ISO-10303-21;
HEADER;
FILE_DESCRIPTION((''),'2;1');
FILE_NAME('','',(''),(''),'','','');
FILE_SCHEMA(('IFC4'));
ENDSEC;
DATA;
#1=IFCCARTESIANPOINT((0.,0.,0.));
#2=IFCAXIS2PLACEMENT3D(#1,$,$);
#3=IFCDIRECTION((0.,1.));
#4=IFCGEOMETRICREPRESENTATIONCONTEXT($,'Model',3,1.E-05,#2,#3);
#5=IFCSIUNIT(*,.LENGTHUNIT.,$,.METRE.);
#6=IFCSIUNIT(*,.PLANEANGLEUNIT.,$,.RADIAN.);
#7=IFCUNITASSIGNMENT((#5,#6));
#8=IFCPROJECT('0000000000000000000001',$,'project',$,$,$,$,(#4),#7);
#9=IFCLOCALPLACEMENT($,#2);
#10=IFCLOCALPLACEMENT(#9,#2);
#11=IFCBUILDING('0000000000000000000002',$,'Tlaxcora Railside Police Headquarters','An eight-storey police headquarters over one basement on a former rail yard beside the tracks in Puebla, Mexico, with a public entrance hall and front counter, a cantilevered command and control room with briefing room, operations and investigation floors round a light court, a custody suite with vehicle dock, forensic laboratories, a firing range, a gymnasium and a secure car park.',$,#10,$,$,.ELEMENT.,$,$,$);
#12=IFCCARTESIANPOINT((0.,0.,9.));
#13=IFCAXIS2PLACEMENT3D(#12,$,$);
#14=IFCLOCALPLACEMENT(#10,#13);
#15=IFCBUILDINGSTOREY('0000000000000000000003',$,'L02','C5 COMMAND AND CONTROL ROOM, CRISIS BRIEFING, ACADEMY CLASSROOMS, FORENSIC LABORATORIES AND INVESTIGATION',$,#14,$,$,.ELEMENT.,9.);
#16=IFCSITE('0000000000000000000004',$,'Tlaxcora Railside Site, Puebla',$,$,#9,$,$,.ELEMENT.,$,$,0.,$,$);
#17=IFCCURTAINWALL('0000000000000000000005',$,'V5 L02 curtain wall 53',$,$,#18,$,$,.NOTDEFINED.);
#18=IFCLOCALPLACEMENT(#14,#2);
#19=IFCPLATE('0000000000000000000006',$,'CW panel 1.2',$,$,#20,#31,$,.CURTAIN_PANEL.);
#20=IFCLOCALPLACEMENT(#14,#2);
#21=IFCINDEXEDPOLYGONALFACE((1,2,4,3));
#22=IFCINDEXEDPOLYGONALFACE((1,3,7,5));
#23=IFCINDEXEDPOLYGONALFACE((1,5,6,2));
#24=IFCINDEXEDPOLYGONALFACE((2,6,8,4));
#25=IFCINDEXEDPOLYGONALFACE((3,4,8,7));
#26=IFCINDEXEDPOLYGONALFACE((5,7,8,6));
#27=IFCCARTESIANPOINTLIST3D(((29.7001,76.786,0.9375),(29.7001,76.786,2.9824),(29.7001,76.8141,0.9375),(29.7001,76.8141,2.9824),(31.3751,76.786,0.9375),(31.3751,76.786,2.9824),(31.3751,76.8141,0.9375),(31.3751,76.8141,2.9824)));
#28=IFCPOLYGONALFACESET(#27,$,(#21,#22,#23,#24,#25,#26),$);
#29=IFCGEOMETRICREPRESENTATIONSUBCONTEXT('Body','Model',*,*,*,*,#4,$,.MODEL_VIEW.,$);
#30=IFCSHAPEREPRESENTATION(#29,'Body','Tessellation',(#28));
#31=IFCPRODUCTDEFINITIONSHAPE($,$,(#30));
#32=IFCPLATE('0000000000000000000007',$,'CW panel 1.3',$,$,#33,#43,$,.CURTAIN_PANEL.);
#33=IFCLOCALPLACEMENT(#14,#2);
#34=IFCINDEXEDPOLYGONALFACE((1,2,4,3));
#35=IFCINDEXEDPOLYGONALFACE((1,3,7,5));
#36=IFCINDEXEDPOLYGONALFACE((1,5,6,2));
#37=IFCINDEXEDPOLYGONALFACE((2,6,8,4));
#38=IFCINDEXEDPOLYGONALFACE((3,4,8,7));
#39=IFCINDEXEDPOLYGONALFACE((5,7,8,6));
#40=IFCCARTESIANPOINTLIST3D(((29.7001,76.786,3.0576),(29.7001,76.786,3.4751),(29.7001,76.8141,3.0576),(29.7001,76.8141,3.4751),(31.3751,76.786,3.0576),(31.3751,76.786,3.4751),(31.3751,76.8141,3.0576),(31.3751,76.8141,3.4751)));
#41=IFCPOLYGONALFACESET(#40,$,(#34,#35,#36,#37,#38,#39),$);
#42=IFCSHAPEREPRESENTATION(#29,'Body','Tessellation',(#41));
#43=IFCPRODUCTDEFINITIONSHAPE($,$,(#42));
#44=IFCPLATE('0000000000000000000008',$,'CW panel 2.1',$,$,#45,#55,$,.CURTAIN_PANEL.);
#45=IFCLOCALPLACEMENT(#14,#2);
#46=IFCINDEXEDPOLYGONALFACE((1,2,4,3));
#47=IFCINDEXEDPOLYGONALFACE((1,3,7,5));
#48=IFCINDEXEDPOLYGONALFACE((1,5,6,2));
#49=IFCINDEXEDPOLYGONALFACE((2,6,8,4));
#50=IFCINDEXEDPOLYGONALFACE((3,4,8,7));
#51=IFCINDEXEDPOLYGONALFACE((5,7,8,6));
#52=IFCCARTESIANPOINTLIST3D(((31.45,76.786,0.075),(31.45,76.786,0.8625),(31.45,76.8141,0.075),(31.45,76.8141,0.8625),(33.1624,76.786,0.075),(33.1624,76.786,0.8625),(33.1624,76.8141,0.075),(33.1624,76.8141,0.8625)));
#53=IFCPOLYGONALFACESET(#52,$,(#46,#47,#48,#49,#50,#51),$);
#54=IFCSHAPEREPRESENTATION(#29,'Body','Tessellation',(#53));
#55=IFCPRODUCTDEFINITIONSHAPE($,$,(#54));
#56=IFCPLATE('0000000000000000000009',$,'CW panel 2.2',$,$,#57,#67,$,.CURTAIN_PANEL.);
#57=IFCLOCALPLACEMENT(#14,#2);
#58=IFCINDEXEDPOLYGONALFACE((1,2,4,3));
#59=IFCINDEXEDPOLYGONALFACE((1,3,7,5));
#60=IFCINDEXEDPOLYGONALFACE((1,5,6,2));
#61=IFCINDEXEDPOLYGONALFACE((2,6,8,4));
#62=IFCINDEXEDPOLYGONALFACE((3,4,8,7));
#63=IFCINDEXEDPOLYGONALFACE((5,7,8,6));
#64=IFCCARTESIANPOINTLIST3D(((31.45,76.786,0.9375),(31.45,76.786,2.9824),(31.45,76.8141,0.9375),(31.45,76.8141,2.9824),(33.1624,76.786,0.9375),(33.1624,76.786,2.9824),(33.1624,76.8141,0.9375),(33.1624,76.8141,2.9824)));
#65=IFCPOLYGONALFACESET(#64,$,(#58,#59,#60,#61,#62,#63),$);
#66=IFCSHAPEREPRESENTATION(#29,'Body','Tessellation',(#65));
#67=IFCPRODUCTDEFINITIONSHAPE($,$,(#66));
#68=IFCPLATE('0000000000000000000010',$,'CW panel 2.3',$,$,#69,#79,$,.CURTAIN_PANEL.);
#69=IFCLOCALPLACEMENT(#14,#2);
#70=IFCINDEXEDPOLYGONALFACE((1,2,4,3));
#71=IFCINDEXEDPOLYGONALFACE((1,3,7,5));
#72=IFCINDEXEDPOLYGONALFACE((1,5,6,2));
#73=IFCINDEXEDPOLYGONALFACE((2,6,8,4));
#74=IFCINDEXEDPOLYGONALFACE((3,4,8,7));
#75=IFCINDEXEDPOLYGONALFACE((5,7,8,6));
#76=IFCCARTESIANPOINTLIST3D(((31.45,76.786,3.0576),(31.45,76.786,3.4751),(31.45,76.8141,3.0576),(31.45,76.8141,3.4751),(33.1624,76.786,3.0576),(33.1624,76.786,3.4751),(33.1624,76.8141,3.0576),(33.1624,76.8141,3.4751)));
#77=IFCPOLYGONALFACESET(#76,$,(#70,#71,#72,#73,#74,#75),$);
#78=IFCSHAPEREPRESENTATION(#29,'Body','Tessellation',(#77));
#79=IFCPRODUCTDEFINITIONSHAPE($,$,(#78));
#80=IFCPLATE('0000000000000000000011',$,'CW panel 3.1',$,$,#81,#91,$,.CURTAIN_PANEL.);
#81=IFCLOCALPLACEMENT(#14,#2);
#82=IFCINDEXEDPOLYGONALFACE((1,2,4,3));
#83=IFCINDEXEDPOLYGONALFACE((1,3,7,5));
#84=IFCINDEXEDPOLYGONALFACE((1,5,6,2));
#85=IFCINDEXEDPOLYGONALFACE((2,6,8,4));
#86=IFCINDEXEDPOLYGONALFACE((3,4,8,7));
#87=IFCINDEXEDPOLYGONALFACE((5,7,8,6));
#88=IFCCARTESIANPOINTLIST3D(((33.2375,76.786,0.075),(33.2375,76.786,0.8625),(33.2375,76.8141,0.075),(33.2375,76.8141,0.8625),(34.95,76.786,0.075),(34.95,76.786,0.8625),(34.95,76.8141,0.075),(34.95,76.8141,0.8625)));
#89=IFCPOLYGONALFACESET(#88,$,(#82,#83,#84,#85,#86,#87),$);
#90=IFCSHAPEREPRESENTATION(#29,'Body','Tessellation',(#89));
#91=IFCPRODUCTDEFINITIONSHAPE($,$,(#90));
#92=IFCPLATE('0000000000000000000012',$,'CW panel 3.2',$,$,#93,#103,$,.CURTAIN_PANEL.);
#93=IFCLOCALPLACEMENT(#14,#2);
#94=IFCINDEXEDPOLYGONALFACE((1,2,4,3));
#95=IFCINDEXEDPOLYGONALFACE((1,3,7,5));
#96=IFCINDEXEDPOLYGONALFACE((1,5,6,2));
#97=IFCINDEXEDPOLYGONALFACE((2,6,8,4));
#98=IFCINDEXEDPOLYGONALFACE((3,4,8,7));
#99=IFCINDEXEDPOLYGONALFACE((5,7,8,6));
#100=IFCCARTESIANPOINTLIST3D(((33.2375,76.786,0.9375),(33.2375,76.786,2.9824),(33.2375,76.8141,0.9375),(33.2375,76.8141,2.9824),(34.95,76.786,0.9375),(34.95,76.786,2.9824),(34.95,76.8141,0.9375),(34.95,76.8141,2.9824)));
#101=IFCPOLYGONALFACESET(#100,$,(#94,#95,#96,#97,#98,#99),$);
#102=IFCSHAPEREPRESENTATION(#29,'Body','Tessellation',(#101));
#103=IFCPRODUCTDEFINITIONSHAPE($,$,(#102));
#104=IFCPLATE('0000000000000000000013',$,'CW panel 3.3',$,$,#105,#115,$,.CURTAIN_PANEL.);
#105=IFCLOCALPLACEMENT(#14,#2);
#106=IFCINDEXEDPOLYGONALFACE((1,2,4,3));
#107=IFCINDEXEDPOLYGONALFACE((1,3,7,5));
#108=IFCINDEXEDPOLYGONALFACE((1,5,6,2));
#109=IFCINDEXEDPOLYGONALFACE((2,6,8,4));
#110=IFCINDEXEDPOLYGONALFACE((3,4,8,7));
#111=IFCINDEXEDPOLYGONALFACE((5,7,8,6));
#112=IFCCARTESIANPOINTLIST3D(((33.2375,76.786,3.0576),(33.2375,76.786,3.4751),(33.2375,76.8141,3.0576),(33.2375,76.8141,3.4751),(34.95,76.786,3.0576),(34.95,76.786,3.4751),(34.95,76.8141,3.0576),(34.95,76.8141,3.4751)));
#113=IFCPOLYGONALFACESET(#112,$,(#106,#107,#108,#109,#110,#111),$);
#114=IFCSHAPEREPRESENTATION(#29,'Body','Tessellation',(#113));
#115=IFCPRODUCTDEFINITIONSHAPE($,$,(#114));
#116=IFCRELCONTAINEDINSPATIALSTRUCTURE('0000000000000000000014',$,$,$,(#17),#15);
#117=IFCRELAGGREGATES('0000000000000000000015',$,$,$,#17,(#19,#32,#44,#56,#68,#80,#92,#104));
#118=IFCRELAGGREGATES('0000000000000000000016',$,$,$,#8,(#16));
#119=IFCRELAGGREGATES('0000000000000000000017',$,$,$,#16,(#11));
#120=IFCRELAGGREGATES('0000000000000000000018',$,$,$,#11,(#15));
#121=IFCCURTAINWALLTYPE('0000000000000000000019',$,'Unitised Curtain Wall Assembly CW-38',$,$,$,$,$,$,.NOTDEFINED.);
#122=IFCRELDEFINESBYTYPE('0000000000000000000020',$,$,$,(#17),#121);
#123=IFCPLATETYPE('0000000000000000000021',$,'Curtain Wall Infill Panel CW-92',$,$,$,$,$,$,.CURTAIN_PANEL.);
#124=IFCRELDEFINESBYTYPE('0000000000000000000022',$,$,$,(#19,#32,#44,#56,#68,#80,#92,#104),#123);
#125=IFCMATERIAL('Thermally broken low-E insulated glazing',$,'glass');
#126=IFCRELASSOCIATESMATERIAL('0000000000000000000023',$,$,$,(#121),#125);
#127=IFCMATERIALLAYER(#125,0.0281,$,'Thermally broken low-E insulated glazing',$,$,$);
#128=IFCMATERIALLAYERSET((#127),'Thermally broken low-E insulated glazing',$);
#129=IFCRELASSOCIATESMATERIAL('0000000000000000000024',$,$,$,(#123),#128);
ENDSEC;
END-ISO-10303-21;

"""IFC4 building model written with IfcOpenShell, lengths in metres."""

from ifc_helpers import new_model, si_unit, direction, frame, origin, origin_2d, place, context, subcontext, project, spatial, rectangle, extrude, material, layer, layer_set, type_object, element, aggregate, save


model = new_model("IFC4")

# Units and contexts
model_context = context("Model", 3, precision=1e-05, world=origin(), true_north=direction((0.0, 1.0)))
body_context = subcontext(model_context, "Body", "Model", "MODEL_VIEW")
ifc_project = project(units=[si_unit("LENGTHUNIT", "METRE"), si_unit("PLANEANGLEUNIT", "RADIAN")], contexts=[model_context])

# Site, building, storey
site_placement = place(None, origin())
site = spatial("IfcSite", under=ifc_project, at=site_placement, Name="Tlaxcora Railside Site, Puebla", CompositionType="ELEMENT", RefElevation=0.0)
building_placement = place(site_placement, origin())
building = spatial("IfcBuilding", under=site, at=building_placement, Name="Tlaxcora Railside Police Headquarters", Description="An eight-storey police headquarters over one basement on a former rail yard beside the tracks in Puebla, Mexico, with a public entrance hall and front counter, a cantilevered command and control room with briefing room, operations and investigation floors round a light court, a custody suite with vehicle dock, forensic laboratories, a firing range, a gymnasium and a secure car park.", CompositionType="ELEMENT")
storey_placement = place(building_placement, frame((0.0, 0.0, 9.0)))
storey = spatial("IfcBuildingStorey", under=building, at=storey_placement, Name="L02", Description="C5 COMMAND AND CONTROL ROOM, CRISIS BRIEFING, ACADEMY CLASSROOMS, FORENSIC LABORATORIES AND INVESTIGATION", CompositionType="ELEMENT", Elevation=9.0)

# Curtain wall, plates
ifc_material_1 = material(Name="Thermally broken low-E insulated glazing", Category="glass")
curtain_wall_type = type_object("IfcCurtainWallType", Name="Unitised Curtain Wall Assembly CW-38", PredefinedType="NOTDEFINED", material=ifc_material_1)
curtain_wall_placement = place(storey_placement, origin())
curtain_wall = element("IfcCurtainWall", 1, at=curtain_wall_placement, inside=storey, type_object=curtain_wall_type, Name="V5 L02 curtain wall 53", PredefinedType="NOTDEFINED")
ifc_layer = layer(ifc_material_1, 0.0281, Name="Thermally broken low-E insulated glazing")
ifc_layer_set = layer_set([ifc_layer], Name="Thermally broken low-E insulated glazing")
plate_type = type_object("IfcPlateType", Name="Curtain Wall Infill Panel CW-92", PredefinedType="CURTAIN_PANEL", material=ifc_layer_set)
plate_1_placement = place(storey_placement, frame((30.5376, 76.8, 0.9375), z_axis=(0.0, 0.0, 1.0), x_axis=(1.0, 0.0, 0.0)))
plate_1 = element("IfcPlate", 2, at=plate_1_placement, type_object=plate_type, Name="CW panel 1.2", PredefinedType="CURTAIN_PANEL", context=body_context, shape_type="SweptSolid", body=[
    extrude(rectangle(XDim=1.675, YDim=0.0281, at=origin_2d()), origin(), (0.0, 0.0, 1.0), 2.0449),
])
plate_2_placement = place(storey_placement, frame((30.5376, 76.8, 3.0576), z_axis=(0.0, 0.0, 1.0), x_axis=(1.0, 0.0, 0.0)))
plate_2 = element("IfcPlate", 3, at=plate_2_placement, type_object=plate_type, Name="CW panel 1.3", PredefinedType="CURTAIN_PANEL", context=body_context, shape_type="SweptSolid", body=[
    extrude(rectangle(XDim=1.675, YDim=0.0281, at=origin_2d()), origin(), (0.0, 0.0, 1.0), 0.4175),
])
plate_3_placement = place(storey_placement, frame((32.3062, 76.8, 0.075), z_axis=(0.0, 0.0, 1.0), x_axis=(1.0, 0.0, 0.0)))
plate_3 = element("IfcPlate", 4, at=plate_3_placement, type_object=plate_type, Name="CW panel 2.1", PredefinedType="CURTAIN_PANEL", context=body_context, shape_type="SweptSolid", body=[
    extrude(rectangle(XDim=1.7124, YDim=0.0281, at=origin_2d()), origin(), (0.0, 0.0, 1.0), 0.7876),
])
plate_4_placement = place(storey_placement, frame((32.3062, 76.8, 0.9375), z_axis=(0.0, 0.0, 1.0), x_axis=(1.0, 0.0, 0.0)))
plate_4 = element("IfcPlate", 5, at=plate_4_placement, type_object=plate_type, Name="CW panel 2.2", PredefinedType="CURTAIN_PANEL", context=body_context, shape_type="SweptSolid", body=[
    extrude(rectangle(XDim=1.7124, YDim=0.0281, at=origin_2d()), origin(), (0.0, 0.0, 1.0), 2.0449),
])
plate_5_placement = place(storey_placement, frame((32.3062, 76.8, 3.0576), z_axis=(0.0, 0.0, 1.0), x_axis=(1.0, 0.0, 0.0)))
plate_5 = element("IfcPlate", 6, at=plate_5_placement, type_object=plate_type, Name="CW panel 2.3", PredefinedType="CURTAIN_PANEL", context=body_context, shape_type="SweptSolid", body=[
    extrude(rectangle(XDim=1.7124, YDim=0.0281, at=origin_2d()), origin(), (0.0, 0.0, 1.0), 0.4175),
])
plate_6_placement = place(storey_placement, frame((34.0938, 76.8, 0.075), z_axis=(0.0, 0.0, 1.0), x_axis=(1.0, 0.0, 0.0)))
plate_6 = element("IfcPlate", 7, at=plate_6_placement, type_object=plate_type, Name="CW panel 3.1", PredefinedType="CURTAIN_PANEL", context=body_context, shape_type="SweptSolid", body=[
    extrude(rectangle(XDim=1.7124, YDim=0.0281, at=origin_2d()), origin(), (0.0, 0.0, 1.0), 0.7876),
])
plate_7_placement = place(storey_placement, frame((34.0938, 76.8, 0.9375), z_axis=(0.0, 0.0, 1.0), x_axis=(1.0, 0.0, 0.0)))
plate_7 = element("IfcPlate", 8, at=plate_7_placement, type_object=plate_type, Name="CW panel 3.2", PredefinedType="CURTAIN_PANEL", context=body_context, shape_type="SweptSolid", body=[
    extrude(rectangle(XDim=1.7124, YDim=0.0281, at=origin_2d()), origin(), (0.0, 0.0, 1.0), 2.0449),
])
plate_8_placement = place(storey_placement, frame((34.0938, 76.8, 3.0576), z_axis=(0.0, 0.0, 1.0), x_axis=(1.0, 0.0, 0.0)))
plate_8 = element("IfcPlate", 9, at=plate_8_placement, type_object=plate_type, Name="CW panel 3.3", PredefinedType="CURTAIN_PANEL", context=body_context, shape_type="SweptSolid", body=[
    extrude(rectangle(XDim=1.7124, YDim=0.0281, at=origin_2d()), origin(), (0.0, 0.0, 1.0), 0.4175),
])
aggregate(curtain_wall, [plate_1, plate_2, plate_3, plate_4, plate_5, plate_6, plate_7, plate_8])

save(model, "model.ifc")
